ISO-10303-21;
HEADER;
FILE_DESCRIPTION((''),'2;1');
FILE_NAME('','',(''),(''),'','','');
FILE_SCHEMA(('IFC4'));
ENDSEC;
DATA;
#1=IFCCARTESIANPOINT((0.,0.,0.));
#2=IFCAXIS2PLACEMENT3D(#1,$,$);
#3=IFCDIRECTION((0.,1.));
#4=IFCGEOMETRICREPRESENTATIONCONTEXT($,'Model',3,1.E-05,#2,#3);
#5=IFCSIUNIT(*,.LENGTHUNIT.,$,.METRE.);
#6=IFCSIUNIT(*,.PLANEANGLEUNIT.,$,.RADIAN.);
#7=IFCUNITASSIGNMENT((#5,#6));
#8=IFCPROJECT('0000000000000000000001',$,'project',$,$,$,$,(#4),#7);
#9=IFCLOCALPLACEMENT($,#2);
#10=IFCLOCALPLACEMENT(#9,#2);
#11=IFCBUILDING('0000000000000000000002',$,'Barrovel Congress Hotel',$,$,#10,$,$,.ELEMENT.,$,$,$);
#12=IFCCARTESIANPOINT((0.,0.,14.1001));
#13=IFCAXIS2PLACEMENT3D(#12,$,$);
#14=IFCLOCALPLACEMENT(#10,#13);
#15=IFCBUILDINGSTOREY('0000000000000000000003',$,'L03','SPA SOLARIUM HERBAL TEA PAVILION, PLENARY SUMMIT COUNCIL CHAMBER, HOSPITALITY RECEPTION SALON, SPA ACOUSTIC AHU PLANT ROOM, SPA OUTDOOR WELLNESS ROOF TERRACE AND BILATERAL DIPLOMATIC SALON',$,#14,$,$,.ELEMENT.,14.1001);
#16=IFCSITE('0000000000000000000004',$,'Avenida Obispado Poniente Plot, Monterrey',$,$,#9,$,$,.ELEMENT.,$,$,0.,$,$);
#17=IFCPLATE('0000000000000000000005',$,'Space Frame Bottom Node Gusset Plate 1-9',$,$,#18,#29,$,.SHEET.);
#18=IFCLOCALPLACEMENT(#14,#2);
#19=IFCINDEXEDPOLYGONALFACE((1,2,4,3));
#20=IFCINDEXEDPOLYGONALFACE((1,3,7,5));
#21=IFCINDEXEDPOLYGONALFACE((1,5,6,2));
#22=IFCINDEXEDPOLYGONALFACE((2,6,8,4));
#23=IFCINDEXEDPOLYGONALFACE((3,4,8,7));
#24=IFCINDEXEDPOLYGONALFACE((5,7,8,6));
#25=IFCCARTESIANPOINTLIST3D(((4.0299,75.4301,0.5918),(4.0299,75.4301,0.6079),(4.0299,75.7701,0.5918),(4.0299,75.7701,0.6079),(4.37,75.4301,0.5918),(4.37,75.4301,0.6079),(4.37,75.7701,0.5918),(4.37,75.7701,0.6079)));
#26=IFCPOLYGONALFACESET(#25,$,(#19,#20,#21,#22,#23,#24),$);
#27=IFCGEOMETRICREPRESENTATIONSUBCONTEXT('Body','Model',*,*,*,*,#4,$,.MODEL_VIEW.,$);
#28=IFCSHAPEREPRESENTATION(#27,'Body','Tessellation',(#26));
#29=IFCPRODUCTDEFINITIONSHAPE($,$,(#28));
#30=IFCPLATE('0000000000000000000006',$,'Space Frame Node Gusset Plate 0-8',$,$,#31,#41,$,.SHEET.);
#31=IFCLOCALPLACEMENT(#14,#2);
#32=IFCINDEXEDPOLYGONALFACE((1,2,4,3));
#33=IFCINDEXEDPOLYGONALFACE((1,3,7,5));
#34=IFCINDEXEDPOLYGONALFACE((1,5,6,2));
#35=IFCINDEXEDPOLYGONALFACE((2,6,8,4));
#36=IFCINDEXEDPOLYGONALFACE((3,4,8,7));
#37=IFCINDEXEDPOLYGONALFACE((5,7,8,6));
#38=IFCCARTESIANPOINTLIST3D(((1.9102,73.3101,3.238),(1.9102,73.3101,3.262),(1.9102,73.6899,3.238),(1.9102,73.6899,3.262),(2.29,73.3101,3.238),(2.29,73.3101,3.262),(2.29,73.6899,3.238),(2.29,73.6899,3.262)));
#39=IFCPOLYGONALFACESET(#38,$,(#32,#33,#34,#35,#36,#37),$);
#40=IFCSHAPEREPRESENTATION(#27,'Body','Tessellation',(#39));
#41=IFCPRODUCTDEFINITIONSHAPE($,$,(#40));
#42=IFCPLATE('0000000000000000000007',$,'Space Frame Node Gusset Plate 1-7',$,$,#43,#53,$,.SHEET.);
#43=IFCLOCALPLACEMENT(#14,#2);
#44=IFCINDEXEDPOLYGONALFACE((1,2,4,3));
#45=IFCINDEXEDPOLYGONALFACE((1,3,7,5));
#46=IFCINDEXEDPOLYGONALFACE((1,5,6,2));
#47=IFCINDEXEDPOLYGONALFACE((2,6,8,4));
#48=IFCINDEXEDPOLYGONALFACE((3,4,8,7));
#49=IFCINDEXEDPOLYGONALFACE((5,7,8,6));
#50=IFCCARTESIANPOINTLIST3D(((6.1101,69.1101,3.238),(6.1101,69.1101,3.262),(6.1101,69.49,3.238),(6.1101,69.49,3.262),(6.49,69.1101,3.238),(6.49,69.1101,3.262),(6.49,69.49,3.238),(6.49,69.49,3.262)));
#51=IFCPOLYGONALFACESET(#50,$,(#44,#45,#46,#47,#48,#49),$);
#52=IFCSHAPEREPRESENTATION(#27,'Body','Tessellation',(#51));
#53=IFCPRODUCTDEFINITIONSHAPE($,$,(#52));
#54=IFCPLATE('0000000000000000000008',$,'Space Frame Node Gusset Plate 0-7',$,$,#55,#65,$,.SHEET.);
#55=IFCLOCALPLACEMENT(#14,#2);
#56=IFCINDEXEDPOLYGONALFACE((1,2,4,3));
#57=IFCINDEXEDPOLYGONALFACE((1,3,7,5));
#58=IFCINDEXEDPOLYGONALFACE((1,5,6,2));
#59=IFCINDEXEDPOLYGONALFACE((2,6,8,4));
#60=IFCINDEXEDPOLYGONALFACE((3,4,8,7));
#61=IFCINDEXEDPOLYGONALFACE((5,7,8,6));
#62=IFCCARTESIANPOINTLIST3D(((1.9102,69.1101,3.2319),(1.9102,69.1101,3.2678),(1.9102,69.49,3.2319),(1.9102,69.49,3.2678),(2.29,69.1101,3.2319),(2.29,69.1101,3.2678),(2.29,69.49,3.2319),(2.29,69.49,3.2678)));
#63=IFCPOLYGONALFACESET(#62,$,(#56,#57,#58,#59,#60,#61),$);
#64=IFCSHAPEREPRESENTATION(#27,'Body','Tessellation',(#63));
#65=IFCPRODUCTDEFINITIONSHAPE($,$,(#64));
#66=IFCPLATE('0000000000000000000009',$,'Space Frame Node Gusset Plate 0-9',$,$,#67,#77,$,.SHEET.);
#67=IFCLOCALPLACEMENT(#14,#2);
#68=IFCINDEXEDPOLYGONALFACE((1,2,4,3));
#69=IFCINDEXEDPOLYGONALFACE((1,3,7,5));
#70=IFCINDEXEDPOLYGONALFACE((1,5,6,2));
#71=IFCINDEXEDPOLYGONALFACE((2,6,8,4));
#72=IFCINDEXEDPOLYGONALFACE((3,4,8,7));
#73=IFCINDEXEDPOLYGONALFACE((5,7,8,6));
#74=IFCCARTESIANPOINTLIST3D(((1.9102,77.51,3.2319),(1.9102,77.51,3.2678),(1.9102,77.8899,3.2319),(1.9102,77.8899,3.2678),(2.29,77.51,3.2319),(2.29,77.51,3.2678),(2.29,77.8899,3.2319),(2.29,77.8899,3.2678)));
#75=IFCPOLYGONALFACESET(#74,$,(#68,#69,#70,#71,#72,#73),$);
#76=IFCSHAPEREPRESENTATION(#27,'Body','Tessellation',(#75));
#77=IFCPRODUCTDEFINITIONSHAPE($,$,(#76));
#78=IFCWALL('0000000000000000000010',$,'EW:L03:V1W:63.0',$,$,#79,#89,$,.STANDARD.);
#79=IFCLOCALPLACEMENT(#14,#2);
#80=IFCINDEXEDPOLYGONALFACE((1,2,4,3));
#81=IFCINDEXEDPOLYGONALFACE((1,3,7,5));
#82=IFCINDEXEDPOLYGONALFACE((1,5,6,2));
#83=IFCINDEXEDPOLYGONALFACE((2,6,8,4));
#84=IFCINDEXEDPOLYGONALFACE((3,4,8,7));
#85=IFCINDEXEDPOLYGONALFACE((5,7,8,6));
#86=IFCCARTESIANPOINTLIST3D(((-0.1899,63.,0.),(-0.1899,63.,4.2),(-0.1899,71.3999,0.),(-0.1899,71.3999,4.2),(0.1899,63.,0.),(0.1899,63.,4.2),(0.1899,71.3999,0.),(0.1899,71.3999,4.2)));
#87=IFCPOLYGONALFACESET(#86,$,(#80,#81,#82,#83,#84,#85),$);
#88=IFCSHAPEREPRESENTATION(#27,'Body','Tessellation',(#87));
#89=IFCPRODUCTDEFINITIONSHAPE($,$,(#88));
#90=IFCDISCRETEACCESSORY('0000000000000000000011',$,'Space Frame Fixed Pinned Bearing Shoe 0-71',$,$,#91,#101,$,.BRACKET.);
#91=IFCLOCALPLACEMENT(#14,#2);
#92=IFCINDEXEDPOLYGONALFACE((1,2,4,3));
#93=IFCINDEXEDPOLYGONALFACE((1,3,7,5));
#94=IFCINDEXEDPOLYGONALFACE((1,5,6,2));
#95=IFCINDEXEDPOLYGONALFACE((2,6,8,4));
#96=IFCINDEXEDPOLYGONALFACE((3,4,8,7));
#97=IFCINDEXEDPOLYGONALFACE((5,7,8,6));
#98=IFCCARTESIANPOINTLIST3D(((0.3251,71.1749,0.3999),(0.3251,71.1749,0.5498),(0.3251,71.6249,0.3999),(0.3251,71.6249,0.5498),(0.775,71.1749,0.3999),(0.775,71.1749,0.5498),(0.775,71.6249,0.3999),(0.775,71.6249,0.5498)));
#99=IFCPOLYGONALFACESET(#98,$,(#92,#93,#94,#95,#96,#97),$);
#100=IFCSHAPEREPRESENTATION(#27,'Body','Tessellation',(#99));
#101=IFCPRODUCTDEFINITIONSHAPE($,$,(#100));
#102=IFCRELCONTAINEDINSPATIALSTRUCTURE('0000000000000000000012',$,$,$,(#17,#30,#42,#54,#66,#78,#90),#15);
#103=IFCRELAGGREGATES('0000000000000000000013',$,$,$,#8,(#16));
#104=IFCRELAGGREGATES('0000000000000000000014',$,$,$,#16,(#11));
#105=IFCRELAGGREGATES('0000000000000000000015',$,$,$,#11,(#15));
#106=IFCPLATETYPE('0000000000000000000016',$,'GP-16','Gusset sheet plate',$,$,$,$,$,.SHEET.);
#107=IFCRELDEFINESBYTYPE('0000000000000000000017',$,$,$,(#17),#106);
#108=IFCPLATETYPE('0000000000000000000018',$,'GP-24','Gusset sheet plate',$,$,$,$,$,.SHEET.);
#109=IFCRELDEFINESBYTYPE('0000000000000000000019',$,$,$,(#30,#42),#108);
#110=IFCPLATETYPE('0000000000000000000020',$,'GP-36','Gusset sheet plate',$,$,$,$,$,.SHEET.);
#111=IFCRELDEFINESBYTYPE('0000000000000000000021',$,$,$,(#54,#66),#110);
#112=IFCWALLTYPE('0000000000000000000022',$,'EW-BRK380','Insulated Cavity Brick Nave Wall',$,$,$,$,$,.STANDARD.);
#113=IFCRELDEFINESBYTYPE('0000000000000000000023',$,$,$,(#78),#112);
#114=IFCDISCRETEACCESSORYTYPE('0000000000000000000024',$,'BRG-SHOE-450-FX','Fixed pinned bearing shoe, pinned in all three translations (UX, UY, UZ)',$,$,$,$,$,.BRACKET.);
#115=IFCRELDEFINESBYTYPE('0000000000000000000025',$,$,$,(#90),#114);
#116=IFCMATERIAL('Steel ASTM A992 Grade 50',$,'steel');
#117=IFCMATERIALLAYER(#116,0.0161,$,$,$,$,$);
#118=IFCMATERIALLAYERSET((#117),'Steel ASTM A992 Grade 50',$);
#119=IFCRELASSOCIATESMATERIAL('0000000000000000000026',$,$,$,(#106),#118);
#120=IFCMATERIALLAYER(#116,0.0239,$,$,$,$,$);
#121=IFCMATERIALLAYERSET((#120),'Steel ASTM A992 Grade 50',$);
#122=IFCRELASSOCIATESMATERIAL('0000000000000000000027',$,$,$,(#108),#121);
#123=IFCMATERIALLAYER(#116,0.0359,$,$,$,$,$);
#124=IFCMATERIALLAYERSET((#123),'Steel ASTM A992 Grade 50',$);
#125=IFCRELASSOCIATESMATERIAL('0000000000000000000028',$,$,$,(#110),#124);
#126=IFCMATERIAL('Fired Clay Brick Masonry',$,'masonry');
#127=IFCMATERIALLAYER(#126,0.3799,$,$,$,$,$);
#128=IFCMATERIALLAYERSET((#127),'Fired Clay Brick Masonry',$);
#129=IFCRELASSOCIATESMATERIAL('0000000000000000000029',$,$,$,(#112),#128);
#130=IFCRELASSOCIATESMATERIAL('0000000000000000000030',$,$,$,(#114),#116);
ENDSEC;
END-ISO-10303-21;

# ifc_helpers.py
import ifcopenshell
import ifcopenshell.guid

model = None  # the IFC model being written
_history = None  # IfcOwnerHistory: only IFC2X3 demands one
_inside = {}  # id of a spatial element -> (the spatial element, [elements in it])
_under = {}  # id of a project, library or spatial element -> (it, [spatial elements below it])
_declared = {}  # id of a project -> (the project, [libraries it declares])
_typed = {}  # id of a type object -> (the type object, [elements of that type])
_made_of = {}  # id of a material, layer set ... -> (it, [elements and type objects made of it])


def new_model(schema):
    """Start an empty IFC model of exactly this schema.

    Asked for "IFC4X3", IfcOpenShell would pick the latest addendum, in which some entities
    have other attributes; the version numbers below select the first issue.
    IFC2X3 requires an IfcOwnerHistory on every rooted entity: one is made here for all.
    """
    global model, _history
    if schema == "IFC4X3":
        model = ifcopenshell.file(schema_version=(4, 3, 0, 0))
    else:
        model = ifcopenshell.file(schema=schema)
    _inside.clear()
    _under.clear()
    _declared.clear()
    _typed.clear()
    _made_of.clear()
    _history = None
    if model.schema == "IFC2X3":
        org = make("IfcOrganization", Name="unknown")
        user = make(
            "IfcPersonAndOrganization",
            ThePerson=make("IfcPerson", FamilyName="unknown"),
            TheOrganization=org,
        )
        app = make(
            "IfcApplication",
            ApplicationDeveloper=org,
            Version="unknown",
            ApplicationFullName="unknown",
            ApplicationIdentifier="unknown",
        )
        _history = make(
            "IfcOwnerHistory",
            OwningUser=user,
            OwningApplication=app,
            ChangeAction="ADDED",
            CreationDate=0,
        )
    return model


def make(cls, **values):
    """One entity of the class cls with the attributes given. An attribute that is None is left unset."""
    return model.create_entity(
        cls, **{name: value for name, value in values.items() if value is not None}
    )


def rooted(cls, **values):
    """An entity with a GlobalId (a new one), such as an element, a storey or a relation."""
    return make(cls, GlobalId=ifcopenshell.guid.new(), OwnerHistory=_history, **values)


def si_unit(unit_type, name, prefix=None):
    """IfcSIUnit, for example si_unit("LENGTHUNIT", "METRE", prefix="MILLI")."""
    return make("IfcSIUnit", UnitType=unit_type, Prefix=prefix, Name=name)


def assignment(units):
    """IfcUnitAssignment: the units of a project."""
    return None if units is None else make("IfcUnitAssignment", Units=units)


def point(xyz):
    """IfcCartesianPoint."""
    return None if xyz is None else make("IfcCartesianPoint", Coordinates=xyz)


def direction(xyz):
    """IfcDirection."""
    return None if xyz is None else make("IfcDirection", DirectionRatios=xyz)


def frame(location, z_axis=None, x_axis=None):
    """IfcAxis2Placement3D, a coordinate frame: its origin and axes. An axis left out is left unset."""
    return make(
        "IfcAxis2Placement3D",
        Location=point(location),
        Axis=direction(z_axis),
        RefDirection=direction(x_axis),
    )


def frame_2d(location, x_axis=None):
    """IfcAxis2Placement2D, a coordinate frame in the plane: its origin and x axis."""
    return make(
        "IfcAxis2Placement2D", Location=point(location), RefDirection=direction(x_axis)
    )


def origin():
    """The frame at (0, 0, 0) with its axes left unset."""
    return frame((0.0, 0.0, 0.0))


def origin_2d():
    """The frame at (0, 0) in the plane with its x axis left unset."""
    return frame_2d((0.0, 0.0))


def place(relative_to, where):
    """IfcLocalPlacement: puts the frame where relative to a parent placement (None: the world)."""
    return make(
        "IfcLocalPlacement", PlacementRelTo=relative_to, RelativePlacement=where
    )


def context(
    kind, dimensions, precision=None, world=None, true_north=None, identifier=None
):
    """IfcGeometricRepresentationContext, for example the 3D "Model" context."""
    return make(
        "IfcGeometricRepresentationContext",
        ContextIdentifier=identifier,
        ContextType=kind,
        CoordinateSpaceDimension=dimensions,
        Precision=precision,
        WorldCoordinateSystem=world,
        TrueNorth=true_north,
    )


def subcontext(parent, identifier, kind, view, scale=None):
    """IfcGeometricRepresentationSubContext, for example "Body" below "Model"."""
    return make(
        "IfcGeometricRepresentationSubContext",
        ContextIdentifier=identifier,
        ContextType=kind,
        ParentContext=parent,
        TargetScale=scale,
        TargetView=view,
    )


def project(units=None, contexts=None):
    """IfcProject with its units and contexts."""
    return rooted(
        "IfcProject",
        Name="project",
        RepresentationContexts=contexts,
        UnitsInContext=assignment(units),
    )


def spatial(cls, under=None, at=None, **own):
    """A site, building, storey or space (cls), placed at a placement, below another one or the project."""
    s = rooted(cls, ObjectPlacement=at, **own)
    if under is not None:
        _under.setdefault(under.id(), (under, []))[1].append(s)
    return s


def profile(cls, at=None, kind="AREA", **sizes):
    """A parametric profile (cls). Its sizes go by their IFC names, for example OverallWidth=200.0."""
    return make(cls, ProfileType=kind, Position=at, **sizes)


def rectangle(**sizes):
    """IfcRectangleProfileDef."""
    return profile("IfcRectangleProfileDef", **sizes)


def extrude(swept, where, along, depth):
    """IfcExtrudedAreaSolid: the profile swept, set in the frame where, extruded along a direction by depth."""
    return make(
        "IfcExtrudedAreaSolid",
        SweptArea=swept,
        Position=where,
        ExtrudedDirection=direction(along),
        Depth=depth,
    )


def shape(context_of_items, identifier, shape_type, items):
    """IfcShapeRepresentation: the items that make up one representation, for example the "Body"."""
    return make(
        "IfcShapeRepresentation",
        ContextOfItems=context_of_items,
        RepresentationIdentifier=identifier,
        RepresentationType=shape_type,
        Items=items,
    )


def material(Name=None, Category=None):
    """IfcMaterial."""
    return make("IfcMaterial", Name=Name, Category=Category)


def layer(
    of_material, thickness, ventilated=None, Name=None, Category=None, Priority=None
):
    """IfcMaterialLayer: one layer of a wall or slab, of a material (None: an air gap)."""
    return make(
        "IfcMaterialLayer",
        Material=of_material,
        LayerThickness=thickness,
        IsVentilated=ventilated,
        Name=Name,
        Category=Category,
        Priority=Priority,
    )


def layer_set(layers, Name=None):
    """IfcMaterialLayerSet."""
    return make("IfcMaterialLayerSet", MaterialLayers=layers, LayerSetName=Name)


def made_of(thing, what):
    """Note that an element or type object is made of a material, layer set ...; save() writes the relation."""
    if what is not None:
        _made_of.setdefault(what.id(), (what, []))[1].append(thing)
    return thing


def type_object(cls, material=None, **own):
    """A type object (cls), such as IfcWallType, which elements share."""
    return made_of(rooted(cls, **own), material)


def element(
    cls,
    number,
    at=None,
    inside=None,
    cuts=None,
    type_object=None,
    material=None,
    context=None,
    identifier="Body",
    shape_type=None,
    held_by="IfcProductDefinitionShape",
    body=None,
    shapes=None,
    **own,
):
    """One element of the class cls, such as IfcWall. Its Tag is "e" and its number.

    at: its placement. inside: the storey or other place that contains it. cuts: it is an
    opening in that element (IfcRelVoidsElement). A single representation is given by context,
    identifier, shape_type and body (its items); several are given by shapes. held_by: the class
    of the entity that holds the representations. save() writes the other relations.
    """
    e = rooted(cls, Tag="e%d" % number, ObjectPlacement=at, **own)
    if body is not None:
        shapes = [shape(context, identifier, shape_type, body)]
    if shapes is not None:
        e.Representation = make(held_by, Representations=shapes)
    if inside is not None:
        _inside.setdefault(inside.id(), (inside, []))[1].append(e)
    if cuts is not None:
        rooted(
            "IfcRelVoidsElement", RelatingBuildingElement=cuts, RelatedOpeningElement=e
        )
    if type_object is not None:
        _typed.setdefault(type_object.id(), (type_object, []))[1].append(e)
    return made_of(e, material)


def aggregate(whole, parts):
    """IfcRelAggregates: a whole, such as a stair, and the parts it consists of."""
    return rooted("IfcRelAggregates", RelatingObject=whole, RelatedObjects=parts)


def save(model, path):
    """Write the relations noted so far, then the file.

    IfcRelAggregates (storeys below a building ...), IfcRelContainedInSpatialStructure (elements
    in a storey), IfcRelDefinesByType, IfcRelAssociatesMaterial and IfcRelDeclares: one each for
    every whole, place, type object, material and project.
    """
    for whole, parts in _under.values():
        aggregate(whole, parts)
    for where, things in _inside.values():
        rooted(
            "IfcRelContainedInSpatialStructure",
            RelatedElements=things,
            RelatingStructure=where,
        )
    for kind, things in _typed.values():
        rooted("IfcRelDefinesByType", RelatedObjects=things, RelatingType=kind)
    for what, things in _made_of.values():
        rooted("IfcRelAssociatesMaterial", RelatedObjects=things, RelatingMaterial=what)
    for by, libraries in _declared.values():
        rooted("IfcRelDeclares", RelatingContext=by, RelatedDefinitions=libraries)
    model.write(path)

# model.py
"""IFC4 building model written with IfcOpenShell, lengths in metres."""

from ifc_helpers import new_model, si_unit, direction, frame, frame_2d, origin, origin_2d, place, context, subcontext, project, spatial, rectangle, extrude, material, layer, layer_set, type_object, element, save


model = new_model("IFC4")

# Units and contexts
model_context = context("Model", 3, precision=1e-05, world=origin(), true_north=direction((0.0, 1.0)))
body_context = subcontext(model_context, "Body", "Model", "MODEL_VIEW")
ifc_project = project(units=[si_unit("LENGTHUNIT", "METRE"), si_unit("PLANEANGLEUNIT", "RADIAN")], contexts=[model_context])

# Site, building, storey
site_placement = place(None, origin())
site = spatial("IfcSite", under=ifc_project, at=site_placement, Name="Avenida Obispado Poniente Plot, Monterrey", CompositionType="ELEMENT", RefElevation=0.0)
building_placement = place(site_placement, origin())
building = spatial("IfcBuilding", under=site, at=building_placement, Name="Barrovel Congress Hotel", CompositionType="ELEMENT")
storey_placement = place(building_placement, frame((0.0, 0.0, 14.1001)))
storey = spatial("IfcBuildingStorey", under=building, at=storey_placement, Name="L03", Description="SPA SOLARIUM HERBAL TEA PAVILION, PLENARY SUMMIT COUNCIL CHAMBER, HOSPITALITY RECEPTION SALON, SPA ACOUSTIC AHU PLANT ROOM, SPA OUTDOOR WELLNESS ROOF TERRACE AND BILATERAL DIPLOMATIC SALON", CompositionType="ELEMENT", Elevation=14.1001)

# Shared definitions
ifc_material_1 = material(Name="Steel ASTM A992 Grade 50", Category="steel")

# Plates
ifc_layer_1 = layer(ifc_material_1, 0.0161)
ifc_layer_set_1 = layer_set([ifc_layer_1], Name="Steel ASTM A992 Grade 50")
plate_type_1 = type_object("IfcPlateType", Name="GP-16", Description="Gusset sheet plate", PredefinedType="SHEET", material=ifc_layer_set_1)
for number, where, z_axis, x_axis, name in (
    (1, (4.2, 75.6001, 0.5918), (0.0, 0.0, 1.0), (1.0, 0.0, 0.0), "Space Frame Bottom Node Gusset Plate 1-9"),
):
    element("IfcPlate", number, at=place(storey_placement, frame(where, z_axis=z_axis, x_axis=x_axis)), inside=storey, type_object=plate_type_1, Name=name, PredefinedType="SHEET", context=body_context, shape_type="SweptSolid", body=[
        extrude(rectangle(XDim=0.3401, YDim=0.3401, at=origin_2d()), origin(), (0.0, 0.0, 1.0), 0.0161),
    ])
ifc_layer_2 = layer(ifc_material_1, 0.0239)
ifc_layer_set_2 = layer_set([ifc_layer_2], Name="Steel ASTM A992 Grade 50")
plate_type_2 = type_object("IfcPlateType", Name="GP-24", Description="Gusset sheet plate", PredefinedType="SHEET", material=ifc_layer_set_2)
for number, where, z_axis, x_axis, name in (
    (2, (2.1001, 73.5, 3.238), (0.0, 0.0, 1.0), (1.0, 0.0, 0.0), "Space Frame Node Gusset Plate 0-8"),
    (3, (6.3, 69.3, 3.238), (0.0, 0.0, 1.0), (1.0, 0.0, 0.0), "Space Frame Node Gusset Plate 1-7"),
):
    element("IfcPlate", number, at=place(storey_placement, frame(where, z_axis=z_axis, x_axis=x_axis)), inside=storey, type_object=plate_type_2, Name=name, PredefinedType="SHEET", context=body_context, shape_type="SweptSolid", body=[
        extrude(rectangle(XDim=0.3799, YDim=0.3799, at=origin_2d()), origin(), (0.0, 0.0, 1.0), 0.0239),
    ])
ifc_layer_3 = layer(ifc_material_1, 0.0359)
ifc_layer_set_3 = layer_set([ifc_layer_3], Name="Steel ASTM A992 Grade 50")
plate_type_3 = type_object("IfcPlateType", Name="GP-36", Description="Gusset sheet plate", PredefinedType="SHEET", material=ifc_layer_set_3)
for number, where, z_axis, x_axis, name in (
    (4, (2.1001, 69.3, 3.2319), (0.0, 0.0, 1.0), (1.0, 0.0, 0.0), "Space Frame Node Gusset Plate 0-7"),
    (5, (2.1001, 77.7, 3.2319), (0.0, 0.0, 1.0), (1.0, 0.0, 0.0), "Space Frame Node Gusset Plate 0-9"),
):
    element("IfcPlate", number, at=place(storey_placement, frame(where, z_axis=z_axis, x_axis=x_axis)), inside=storey, type_object=plate_type_3, Name=name, PredefinedType="SHEET", context=body_context, shape_type="SweptSolid", body=[
        extrude(rectangle(XDim=0.3799, YDim=0.3799, at=origin_2d()), origin(), (0.0, 0.0, 1.0), 0.0359),
    ])

# Wall
ifc_material_2 = material(Name="Fired Clay Brick Masonry", Category="masonry")
ifc_layer_4 = layer(ifc_material_2, 0.3799)
ifc_layer_set_4 = layer_set([ifc_layer_4], Name="Fired Clay Brick Masonry")
wall_type = type_object("IfcWallType", Name="EW-BRK380", Description="Insulated Cavity Brick Nave Wall", PredefinedType="STANDARD", material=ifc_layer_set_4)
wall_placement = place(storey_placement, frame((0.0, 71.3999, 0.0), z_axis=(0.0, 0.0, 1.0), x_axis=(0.0, -1.0, 0.0)))
element("IfcWall", 6, at=wall_placement, inside=storey, type_object=wall_type, Name="EW:L03:V1W:63.0", PredefinedType="STANDARD", context=body_context, shape_type="SweptSolid", body=[
    extrude(rectangle(XDim=8.3999, YDim=0.3799, at=frame_2d((4.2, 0.0))), origin(), (0.0, 0.0, 1.0), 4.2),
])

# Discrete accessory
discrete_accessory_type = type_object("IfcDiscreteAccessoryType", Name="BRG-SHOE-450-FX", Description="Fixed pinned bearing shoe, pinned in all three translations (UX, UY, UZ)", PredefinedType="BRACKET", material=ifc_material_1)
discrete_accessory_placement = place(storey_placement, frame((0.55, 71.3999, 0.3999), z_axis=(0.0, 0.0, 1.0), x_axis=(1.0, 0.0, 0.0)))
element("IfcDiscreteAccessory", 7, at=discrete_accessory_placement, inside=storey, type_object=discrete_accessory_type, Name="Space Frame Fixed Pinned Bearing Shoe 0-71", PredefinedType="BRACKET", context=body_context, shape_type="SweptSolid", body=[
    extrude(rectangle(XDim=0.45, YDim=0.45, at=origin_2d()), origin(), (0.0, 0.0, 1.0), 0.1499),
])

save(model, "model.ifc")
